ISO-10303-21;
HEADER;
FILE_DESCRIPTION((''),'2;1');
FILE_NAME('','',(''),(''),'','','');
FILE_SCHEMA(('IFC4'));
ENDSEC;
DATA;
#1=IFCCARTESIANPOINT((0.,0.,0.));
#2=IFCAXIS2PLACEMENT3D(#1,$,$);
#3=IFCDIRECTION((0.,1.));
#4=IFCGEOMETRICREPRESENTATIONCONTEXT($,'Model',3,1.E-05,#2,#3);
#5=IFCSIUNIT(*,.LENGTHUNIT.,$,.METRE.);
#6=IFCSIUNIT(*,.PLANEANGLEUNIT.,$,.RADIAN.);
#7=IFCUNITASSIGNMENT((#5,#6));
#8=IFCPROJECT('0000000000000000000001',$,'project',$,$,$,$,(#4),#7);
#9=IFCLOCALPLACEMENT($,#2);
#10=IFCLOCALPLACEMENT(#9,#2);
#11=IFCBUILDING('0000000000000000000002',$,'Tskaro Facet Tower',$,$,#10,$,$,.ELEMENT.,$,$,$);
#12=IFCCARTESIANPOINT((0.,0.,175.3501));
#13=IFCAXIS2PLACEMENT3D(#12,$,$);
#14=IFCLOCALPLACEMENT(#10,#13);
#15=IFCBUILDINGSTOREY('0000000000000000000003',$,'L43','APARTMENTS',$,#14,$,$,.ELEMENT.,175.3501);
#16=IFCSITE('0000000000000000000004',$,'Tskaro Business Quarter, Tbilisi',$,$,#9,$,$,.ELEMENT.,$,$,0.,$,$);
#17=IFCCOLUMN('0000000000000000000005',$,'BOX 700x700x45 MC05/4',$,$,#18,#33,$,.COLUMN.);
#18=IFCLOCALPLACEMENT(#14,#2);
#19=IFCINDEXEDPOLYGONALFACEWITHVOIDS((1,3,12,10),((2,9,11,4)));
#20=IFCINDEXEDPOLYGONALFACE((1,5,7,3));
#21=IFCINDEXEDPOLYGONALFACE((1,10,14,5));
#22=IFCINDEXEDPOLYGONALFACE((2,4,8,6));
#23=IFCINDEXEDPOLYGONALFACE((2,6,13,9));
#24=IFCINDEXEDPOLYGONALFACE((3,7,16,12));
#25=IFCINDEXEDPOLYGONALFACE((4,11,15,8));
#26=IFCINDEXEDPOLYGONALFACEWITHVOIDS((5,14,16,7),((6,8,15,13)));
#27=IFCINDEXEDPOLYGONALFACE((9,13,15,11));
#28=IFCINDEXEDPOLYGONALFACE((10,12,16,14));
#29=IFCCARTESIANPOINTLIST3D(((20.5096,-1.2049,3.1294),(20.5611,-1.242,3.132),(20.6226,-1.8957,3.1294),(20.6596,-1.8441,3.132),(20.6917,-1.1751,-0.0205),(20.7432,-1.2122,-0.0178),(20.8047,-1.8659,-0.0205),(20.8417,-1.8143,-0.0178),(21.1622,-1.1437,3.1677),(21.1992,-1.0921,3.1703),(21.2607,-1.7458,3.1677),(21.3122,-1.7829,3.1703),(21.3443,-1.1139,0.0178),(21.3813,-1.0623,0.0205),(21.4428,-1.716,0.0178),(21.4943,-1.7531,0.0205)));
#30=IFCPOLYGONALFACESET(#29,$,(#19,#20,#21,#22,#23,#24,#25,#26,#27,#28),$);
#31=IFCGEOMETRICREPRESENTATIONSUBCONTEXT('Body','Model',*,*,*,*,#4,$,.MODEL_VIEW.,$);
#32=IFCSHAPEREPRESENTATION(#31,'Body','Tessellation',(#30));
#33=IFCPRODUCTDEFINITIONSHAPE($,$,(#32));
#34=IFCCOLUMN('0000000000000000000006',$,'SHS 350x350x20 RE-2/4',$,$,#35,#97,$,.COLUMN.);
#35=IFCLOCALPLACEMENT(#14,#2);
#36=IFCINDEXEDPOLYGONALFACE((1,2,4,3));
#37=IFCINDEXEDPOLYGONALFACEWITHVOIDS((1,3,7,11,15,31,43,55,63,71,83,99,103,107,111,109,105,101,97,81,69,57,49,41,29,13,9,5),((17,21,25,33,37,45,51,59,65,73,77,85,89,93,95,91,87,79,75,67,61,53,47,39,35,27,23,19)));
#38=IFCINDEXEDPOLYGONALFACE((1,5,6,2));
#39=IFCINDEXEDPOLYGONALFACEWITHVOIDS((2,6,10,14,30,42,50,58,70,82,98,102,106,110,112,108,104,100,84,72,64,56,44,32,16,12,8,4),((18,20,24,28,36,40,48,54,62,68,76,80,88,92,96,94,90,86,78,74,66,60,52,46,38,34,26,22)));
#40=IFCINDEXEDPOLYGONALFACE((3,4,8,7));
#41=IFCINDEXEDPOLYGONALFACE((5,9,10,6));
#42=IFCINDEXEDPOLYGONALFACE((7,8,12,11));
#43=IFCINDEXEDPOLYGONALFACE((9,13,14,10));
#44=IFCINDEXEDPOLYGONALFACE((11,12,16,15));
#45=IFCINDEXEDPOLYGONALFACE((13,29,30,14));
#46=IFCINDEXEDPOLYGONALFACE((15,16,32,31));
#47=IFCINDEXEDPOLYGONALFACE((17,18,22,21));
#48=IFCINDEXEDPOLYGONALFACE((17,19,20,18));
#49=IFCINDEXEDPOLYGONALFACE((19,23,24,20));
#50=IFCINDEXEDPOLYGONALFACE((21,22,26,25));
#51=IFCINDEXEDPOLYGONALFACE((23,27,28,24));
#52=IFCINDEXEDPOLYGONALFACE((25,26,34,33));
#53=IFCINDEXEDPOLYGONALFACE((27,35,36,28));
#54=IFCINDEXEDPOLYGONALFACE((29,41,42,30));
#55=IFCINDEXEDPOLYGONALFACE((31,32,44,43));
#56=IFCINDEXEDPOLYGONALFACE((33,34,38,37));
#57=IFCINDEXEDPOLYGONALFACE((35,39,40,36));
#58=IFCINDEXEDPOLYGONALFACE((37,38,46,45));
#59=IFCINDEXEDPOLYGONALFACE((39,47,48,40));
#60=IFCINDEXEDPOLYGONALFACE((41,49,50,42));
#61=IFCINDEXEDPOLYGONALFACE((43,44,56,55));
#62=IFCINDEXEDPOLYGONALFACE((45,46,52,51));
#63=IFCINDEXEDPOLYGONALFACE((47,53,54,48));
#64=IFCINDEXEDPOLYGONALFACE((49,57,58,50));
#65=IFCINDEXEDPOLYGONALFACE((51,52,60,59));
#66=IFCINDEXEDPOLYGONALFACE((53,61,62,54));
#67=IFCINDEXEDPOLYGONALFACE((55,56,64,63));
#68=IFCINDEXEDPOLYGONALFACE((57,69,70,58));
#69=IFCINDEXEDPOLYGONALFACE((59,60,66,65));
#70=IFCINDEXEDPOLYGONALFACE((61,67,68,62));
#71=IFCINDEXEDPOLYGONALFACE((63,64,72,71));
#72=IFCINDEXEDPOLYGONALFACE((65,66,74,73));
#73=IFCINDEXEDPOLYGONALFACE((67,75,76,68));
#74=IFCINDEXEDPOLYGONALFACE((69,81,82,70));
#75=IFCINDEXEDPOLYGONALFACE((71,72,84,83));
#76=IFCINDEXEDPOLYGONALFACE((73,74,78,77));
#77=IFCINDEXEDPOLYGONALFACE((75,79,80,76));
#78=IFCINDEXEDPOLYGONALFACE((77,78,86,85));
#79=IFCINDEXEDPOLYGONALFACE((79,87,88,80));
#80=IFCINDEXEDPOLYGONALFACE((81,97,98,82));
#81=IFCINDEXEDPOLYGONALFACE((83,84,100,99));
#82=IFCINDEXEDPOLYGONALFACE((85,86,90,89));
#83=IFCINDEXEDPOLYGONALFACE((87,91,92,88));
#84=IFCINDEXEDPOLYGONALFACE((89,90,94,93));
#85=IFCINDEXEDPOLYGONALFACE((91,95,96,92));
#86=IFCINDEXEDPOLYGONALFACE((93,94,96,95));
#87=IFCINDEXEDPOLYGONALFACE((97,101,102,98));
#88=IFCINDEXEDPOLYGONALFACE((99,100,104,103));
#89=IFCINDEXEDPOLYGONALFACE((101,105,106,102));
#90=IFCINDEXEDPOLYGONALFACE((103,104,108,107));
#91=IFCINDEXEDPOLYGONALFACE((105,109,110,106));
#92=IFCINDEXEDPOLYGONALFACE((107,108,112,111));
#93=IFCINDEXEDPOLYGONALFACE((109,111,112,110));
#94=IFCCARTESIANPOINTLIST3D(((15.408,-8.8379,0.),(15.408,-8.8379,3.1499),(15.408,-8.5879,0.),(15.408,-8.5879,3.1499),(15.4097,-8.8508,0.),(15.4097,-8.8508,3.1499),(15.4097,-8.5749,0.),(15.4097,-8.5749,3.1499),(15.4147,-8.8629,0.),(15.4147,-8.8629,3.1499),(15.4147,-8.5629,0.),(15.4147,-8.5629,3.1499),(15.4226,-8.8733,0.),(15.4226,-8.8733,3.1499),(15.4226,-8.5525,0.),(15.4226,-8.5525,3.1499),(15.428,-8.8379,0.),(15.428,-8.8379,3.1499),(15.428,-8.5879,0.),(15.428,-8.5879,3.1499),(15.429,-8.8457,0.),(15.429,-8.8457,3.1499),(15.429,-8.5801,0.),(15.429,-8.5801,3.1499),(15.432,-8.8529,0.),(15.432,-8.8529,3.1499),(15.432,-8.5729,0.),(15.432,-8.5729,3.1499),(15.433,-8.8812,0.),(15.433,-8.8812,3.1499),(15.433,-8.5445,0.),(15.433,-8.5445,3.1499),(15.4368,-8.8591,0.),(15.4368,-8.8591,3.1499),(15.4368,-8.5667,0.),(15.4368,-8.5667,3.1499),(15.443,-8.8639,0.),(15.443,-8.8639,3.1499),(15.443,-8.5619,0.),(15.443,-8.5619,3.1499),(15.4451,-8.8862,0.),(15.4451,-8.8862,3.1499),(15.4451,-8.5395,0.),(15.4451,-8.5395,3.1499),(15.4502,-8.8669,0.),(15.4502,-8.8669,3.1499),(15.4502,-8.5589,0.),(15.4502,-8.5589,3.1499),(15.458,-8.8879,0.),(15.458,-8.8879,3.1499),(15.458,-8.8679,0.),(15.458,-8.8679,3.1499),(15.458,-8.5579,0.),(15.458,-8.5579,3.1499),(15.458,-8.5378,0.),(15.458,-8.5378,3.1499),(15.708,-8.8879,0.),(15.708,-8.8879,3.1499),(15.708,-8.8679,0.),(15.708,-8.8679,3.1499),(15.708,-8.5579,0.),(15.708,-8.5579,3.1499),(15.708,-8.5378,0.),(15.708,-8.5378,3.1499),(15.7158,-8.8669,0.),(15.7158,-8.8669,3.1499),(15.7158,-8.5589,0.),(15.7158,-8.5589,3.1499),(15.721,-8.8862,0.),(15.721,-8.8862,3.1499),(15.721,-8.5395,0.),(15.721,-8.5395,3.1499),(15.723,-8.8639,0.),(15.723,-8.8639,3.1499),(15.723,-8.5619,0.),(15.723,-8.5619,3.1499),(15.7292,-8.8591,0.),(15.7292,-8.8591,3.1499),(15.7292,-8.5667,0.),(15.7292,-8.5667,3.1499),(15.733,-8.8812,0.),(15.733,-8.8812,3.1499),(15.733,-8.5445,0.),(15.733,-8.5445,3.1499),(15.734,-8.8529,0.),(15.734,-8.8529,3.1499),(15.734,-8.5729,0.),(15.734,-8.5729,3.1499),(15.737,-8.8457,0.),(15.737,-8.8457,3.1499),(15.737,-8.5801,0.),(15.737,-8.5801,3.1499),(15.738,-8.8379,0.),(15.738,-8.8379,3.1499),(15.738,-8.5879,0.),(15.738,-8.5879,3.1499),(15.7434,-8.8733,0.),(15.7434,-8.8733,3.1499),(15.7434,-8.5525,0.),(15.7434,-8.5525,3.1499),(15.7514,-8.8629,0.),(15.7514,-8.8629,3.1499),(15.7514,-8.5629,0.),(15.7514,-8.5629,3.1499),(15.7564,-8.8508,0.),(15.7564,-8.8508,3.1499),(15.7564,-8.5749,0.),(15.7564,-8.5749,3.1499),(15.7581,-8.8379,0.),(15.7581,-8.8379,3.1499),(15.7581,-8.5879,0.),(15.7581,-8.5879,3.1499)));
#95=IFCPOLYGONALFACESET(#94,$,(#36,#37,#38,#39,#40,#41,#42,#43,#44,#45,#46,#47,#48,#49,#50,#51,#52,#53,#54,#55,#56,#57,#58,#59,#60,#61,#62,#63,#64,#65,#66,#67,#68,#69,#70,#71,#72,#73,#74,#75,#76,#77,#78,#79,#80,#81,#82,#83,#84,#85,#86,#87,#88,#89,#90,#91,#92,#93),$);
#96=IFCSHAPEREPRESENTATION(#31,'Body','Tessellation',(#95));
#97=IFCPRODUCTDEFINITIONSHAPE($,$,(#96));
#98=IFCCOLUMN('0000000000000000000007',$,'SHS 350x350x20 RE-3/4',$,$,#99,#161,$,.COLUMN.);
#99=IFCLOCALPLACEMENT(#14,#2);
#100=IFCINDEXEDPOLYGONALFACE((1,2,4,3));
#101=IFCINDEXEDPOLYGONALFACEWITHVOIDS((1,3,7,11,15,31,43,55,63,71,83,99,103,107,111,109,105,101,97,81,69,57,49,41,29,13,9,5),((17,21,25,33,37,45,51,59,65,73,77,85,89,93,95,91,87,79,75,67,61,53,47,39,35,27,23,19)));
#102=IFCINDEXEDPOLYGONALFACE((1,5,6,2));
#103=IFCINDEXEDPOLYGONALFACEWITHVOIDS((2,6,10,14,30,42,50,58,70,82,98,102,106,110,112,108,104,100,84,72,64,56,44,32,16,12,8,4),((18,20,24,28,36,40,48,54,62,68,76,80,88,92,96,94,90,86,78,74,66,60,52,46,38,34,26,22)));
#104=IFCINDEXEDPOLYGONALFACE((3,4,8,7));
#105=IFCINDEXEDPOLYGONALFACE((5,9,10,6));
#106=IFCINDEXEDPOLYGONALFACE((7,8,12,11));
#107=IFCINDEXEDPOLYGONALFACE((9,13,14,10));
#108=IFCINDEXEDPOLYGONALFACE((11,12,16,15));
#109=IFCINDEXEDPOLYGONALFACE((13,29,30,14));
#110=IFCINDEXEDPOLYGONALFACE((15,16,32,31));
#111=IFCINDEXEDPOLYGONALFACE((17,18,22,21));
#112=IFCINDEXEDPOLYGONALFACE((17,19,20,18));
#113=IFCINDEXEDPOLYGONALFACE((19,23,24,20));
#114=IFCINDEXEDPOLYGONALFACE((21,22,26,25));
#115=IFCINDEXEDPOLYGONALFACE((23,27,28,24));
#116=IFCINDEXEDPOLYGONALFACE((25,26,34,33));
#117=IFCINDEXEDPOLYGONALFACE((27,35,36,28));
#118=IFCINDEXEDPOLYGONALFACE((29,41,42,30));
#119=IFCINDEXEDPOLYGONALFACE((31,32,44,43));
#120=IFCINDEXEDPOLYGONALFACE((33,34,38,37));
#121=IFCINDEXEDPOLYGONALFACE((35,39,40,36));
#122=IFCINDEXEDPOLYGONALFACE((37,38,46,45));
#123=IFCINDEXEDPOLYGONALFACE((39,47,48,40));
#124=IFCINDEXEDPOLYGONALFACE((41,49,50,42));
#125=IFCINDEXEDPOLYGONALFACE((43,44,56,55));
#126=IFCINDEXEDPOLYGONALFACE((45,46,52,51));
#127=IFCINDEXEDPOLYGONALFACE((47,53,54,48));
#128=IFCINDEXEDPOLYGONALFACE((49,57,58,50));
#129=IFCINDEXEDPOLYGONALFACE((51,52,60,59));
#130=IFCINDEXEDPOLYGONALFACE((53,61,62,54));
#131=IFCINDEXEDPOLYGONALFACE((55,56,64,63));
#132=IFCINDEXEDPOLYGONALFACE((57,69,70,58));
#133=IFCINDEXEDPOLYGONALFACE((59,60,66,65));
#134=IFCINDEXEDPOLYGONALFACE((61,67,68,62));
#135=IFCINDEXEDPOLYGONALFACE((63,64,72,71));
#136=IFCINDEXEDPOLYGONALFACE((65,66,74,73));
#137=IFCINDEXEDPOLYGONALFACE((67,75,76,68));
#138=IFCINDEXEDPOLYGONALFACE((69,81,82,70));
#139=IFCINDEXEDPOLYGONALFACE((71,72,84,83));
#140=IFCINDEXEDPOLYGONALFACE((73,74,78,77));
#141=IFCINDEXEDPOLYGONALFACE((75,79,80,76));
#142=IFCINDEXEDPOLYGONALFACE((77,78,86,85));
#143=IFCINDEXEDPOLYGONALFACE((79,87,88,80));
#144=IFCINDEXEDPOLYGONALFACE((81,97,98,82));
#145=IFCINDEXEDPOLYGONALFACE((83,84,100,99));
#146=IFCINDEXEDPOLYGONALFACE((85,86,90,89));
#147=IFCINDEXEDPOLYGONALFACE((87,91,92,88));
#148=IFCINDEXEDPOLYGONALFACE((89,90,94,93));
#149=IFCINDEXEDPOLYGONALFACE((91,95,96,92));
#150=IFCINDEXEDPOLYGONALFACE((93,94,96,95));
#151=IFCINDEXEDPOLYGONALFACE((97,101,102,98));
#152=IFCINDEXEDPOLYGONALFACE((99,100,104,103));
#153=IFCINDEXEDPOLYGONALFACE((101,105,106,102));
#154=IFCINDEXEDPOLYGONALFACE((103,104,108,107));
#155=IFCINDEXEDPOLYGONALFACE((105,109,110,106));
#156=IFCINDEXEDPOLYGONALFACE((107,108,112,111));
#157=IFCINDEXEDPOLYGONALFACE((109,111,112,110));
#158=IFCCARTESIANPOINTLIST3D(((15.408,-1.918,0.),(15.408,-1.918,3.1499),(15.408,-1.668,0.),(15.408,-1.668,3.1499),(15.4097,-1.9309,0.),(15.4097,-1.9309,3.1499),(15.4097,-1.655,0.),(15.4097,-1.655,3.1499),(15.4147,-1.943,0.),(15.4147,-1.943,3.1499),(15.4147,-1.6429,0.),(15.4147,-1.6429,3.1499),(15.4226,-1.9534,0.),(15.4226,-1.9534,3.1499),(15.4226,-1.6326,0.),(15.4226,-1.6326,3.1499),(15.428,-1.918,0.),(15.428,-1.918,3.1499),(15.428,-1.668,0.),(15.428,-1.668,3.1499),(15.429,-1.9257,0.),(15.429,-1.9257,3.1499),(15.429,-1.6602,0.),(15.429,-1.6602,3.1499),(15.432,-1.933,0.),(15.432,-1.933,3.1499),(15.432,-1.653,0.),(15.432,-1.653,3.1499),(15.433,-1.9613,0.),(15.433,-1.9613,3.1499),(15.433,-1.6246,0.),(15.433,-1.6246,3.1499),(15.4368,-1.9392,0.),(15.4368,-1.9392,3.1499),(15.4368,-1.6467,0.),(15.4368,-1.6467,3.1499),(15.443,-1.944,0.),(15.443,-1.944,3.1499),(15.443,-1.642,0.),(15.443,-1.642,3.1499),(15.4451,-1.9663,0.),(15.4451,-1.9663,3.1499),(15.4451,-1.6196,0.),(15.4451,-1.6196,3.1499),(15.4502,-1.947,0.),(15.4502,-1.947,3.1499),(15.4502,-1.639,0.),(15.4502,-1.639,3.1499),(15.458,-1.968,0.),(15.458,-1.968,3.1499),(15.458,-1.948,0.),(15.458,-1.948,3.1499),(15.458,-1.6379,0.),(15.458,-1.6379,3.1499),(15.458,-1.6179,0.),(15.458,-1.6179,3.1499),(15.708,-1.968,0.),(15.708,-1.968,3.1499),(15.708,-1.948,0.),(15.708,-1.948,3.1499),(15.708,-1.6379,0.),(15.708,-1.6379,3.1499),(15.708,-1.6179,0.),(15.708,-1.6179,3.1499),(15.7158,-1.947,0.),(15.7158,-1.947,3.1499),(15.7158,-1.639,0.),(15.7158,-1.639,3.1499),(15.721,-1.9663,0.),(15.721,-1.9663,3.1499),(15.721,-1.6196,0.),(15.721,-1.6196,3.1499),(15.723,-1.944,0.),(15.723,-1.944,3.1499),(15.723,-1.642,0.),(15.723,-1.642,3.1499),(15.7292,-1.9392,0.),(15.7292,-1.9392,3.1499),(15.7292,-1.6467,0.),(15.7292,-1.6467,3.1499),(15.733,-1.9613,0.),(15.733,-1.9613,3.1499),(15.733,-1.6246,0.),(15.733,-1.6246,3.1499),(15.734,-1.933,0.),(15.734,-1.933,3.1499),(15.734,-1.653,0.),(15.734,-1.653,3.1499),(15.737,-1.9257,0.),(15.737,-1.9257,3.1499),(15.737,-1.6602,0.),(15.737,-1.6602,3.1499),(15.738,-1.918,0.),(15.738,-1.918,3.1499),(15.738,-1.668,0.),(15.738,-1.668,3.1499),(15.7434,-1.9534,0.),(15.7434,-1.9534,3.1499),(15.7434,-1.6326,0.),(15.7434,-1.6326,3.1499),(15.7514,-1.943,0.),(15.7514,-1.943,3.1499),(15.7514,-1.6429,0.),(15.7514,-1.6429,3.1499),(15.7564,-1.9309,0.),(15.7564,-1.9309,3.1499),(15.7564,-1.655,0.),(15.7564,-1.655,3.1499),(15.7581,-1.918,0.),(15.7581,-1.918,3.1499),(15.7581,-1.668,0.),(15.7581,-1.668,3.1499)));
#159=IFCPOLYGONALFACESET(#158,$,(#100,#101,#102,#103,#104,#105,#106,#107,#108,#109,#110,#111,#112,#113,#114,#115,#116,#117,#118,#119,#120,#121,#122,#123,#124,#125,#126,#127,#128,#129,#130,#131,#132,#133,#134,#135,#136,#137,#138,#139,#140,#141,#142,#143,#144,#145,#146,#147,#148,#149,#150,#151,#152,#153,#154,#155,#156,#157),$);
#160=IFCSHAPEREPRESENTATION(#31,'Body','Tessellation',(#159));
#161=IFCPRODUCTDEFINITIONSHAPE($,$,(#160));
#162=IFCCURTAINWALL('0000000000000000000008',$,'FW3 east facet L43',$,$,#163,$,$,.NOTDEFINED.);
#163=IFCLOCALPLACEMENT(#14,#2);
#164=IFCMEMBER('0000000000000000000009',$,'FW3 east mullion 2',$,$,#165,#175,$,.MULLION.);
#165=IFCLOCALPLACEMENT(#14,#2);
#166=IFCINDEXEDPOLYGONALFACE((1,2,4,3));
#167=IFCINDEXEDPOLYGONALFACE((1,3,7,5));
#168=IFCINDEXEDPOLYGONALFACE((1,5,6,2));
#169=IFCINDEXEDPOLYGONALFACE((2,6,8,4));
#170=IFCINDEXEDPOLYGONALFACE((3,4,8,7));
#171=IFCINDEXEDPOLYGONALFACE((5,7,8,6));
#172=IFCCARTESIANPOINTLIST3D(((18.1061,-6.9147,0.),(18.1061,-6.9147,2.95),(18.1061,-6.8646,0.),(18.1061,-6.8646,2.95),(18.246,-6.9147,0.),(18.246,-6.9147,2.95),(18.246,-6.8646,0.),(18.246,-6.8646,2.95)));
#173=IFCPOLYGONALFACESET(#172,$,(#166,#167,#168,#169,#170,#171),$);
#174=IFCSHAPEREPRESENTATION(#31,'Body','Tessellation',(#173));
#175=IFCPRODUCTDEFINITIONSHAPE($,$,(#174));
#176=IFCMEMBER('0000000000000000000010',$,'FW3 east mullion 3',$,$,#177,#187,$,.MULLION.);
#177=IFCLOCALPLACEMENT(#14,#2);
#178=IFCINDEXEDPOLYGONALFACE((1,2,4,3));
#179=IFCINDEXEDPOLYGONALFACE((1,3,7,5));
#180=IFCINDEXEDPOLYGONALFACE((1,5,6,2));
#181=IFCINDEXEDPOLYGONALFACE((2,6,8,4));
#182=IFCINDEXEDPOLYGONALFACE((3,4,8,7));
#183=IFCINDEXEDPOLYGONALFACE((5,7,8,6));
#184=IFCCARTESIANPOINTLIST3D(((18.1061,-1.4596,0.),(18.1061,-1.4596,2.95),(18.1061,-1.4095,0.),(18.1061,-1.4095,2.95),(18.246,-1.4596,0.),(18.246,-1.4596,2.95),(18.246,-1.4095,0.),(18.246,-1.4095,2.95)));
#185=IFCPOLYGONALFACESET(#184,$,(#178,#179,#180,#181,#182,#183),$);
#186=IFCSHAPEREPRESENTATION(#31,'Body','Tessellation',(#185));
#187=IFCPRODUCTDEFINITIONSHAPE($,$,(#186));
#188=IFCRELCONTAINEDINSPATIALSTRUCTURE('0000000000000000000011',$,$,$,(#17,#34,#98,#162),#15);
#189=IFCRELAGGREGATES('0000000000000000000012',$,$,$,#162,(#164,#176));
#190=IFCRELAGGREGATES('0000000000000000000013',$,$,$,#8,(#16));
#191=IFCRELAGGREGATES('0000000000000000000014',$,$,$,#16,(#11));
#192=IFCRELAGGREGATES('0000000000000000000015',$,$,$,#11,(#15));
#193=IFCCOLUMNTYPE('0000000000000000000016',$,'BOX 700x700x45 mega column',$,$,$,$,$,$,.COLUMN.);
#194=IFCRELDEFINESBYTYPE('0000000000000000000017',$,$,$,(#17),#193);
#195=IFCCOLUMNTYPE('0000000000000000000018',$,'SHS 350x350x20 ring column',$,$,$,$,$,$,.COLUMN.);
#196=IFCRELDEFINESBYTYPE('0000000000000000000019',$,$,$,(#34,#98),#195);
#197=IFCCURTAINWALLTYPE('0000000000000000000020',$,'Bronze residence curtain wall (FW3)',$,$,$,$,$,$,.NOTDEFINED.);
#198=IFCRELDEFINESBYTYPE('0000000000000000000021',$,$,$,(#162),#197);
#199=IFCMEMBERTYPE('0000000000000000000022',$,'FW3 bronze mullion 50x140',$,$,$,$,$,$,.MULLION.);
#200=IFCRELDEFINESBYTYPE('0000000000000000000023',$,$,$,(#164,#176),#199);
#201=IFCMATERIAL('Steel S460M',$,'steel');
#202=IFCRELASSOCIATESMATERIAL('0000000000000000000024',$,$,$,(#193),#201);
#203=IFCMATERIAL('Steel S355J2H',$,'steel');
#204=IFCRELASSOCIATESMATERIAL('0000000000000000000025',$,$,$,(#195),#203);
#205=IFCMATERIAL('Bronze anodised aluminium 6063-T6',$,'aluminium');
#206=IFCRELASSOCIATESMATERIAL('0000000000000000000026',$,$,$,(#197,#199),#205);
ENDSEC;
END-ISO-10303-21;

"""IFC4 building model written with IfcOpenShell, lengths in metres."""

from ifc_helpers import new_model, si_unit, direction, frame, origin, origin_2d, place, context, subcontext, project, spatial, rectangle, hollow_rectangle, extrude, material, material_profile, profile_set, type_object, element, aggregate, save


model = new_model("IFC4")

# Units and contexts
model_context = context("Model", 3, precision=1e-05, world=origin(), true_north=direction((0.0, 1.0)))
body_context = subcontext(model_context, "Body", "Model", "MODEL_VIEW")
ifc_project = project(units=[si_unit("LENGTHUNIT", "METRE"), si_unit("PLANEANGLEUNIT", "RADIAN")], contexts=[model_context])

# Site, building, storey
site_placement = place(None, origin())
site = spatial("IfcSite", under=ifc_project, at=site_placement, Name="Tskaro Business Quarter, Tbilisi", CompositionType="ELEMENT", RefElevation=0.0)
building_placement = place(site_placement, origin())
building = spatial("IfcBuilding", under=site, at=building_placement, Name="Tskaro Facet Tower", CompositionType="ELEMENT")
storey_placement = place(building_placement, frame((0.0, 0.0, 175.3501)))
storey = spatial("IfcBuildingStorey", under=building, at=storey_placement, Name="L43", Description="APARTMENTS", CompositionType="ELEMENT", Elevation=175.3501)

# Columns
ifc_material_1 = material(Name="Steel S460M", Category="steel")
ifc_material_profile_1 = material_profile(ifc_material_1, hollow_rectangle(XDim=0.7, YDim=0.7, WallThickness=0.0449, at=origin_2d()), Name="BOX 700x700x45")
ifc_profile_set_1 = profile_set([ifc_material_profile_1], Name="Steel S460M")
column_type_1 = type_object("IfcColumnType", Name="BOX 700x700x45 mega column", PredefinedType="COLUMN", material=ifc_profile_set_1)
column_placement = place(storey_placement, frame((21.093, -1.4641, 0.0), z_axis=(-0.057722, -0.00944, 0.998288), x_axis=(0.161395, -0.98689, 0.0)))
element("IfcColumn", 1, at=column_placement, inside=storey, type_object=column_type_1, Name="BOX 700x700x45 MC05/4", PredefinedType="COLUMN", context=body_context, shape_type="SweptSolid", body=[
    extrude(hollow_rectangle(XDim=0.7, YDim=0.7, WallThickness=0.0449, at=origin_2d()), origin(), (0.0, 0.0, 1.0), 3.1553),
])
ifc_material_2 = material(Name="Steel S355J2H", Category="steel")
ifc_material_profile_2 = material_profile(ifc_material_2, hollow_rectangle(XDim=0.3501, YDim=0.3501, WallThickness=0.02, InnerFilletRadius=0.03, OuterFilletRadius=0.05, at=origin_2d()), Name="SHS 350x350x20")
ifc_profile_set_2 = profile_set([ifc_material_profile_2], Name="Steel S355J2H")
column_type_2 = type_object("IfcColumnType", Name="SHS 350x350x20 ring column", PredefinedType="COLUMN", material=ifc_profile_set_2)
for number, where, z_axis, x_axis, name in (
    (2, (15.583, -8.7129, 0.0), (0.0, 0.0, 1.0), (1.0, 0.0, 0.0), "SHS 350x350x20 RE-2/4"),
    (3, (15.583, -1.793, 0.0), (0.0, 0.0, 1.0), (1.0, 0.0, 0.0), "SHS 350x350x20 RE-3/4"),
):
    element("IfcColumn", number, at=place(storey_placement, frame(where, z_axis=z_axis, x_axis=x_axis)), inside=storey, type_object=column_type_2, Name=name, PredefinedType="COLUMN", context=body_context, shape_type="SweptSolid", body=[
        extrude(hollow_rectangle(XDim=0.3501, YDim=0.3501, WallThickness=0.02, InnerFilletRadius=0.03, OuterFilletRadius=0.05, at=origin_2d()), origin(), (0.0, 0.0, 1.0), 3.1499),
    ])

# Curtain wall, members
ifc_material_3 = material(Name="Bronze anodised aluminium 6063-T6", Category="aluminium")
curtain_wall_type = type_object("IfcCurtainWallType", Name="Bronze residence curtain wall (FW3)", PredefinedType="NOTDEFINED", material=ifc_material_3)
curtain_wall_placement = place(storey_placement, origin())
curtain_wall = element("IfcCurtainWall", 4, at=curtain_wall_placement, inside=storey, type_object=curtain_wall_type, Name="FW3 east facet L43", PredefinedType="NOTDEFINED")
ifc_material_profile_3 = material_profile(ifc_material_3, rectangle(XDim=0.05, YDim=0.1399, at=origin_2d()), Name="Mullion 50x140")
ifc_profile_set_3 = profile_set([ifc_material_profile_3], Name="Bronze anodised aluminium 6063-T6")
member_type_1 = type_object("IfcMemberType", Name="FW3 bronze mullion 50x140", PredefinedType="MULLION", material=ifc_profile_set_3)
member_1_placement = place(storey_placement, frame((18.176, -6.8896, 0.0), z_axis=(0.0, 0.0, 1.0), x_axis=(0.0, 1.0, 0.0)))
member_1 = element("IfcMember", 5, at=member_1_placement, type_object=member_type_1, Name="FW3 east mullion 2", PredefinedType="MULLION", context=body_context, shape_type="SweptSolid", body=[
    extrude(rectangle(XDim=0.05, YDim=0.1399, at=origin_2d()), origin(), (0.0, 0.0, 1.0), 2.95),
])
member_2_placement = place(storey_placement, frame((18.176, -1.4346, 0.0), z_axis=(0.0, 0.0, 1.0), x_axis=(0.0, 1.0, 0.0)))
member_2 = element("IfcMember", 6, at=member_2_placement, type_object=member_type_1, Name="FW3 east mullion 3", PredefinedType="MULLION", context=body_context, shape_type="SweptSolid", body=[
    extrude(rectangle(XDim=0.05, YDim=0.1399, at=origin_2d()), origin(), (0.0, 0.0, 1.0), 2.95),
])

aggregate(curtain_wall, [member_1, member_2])

save(model, "model.ifc")
